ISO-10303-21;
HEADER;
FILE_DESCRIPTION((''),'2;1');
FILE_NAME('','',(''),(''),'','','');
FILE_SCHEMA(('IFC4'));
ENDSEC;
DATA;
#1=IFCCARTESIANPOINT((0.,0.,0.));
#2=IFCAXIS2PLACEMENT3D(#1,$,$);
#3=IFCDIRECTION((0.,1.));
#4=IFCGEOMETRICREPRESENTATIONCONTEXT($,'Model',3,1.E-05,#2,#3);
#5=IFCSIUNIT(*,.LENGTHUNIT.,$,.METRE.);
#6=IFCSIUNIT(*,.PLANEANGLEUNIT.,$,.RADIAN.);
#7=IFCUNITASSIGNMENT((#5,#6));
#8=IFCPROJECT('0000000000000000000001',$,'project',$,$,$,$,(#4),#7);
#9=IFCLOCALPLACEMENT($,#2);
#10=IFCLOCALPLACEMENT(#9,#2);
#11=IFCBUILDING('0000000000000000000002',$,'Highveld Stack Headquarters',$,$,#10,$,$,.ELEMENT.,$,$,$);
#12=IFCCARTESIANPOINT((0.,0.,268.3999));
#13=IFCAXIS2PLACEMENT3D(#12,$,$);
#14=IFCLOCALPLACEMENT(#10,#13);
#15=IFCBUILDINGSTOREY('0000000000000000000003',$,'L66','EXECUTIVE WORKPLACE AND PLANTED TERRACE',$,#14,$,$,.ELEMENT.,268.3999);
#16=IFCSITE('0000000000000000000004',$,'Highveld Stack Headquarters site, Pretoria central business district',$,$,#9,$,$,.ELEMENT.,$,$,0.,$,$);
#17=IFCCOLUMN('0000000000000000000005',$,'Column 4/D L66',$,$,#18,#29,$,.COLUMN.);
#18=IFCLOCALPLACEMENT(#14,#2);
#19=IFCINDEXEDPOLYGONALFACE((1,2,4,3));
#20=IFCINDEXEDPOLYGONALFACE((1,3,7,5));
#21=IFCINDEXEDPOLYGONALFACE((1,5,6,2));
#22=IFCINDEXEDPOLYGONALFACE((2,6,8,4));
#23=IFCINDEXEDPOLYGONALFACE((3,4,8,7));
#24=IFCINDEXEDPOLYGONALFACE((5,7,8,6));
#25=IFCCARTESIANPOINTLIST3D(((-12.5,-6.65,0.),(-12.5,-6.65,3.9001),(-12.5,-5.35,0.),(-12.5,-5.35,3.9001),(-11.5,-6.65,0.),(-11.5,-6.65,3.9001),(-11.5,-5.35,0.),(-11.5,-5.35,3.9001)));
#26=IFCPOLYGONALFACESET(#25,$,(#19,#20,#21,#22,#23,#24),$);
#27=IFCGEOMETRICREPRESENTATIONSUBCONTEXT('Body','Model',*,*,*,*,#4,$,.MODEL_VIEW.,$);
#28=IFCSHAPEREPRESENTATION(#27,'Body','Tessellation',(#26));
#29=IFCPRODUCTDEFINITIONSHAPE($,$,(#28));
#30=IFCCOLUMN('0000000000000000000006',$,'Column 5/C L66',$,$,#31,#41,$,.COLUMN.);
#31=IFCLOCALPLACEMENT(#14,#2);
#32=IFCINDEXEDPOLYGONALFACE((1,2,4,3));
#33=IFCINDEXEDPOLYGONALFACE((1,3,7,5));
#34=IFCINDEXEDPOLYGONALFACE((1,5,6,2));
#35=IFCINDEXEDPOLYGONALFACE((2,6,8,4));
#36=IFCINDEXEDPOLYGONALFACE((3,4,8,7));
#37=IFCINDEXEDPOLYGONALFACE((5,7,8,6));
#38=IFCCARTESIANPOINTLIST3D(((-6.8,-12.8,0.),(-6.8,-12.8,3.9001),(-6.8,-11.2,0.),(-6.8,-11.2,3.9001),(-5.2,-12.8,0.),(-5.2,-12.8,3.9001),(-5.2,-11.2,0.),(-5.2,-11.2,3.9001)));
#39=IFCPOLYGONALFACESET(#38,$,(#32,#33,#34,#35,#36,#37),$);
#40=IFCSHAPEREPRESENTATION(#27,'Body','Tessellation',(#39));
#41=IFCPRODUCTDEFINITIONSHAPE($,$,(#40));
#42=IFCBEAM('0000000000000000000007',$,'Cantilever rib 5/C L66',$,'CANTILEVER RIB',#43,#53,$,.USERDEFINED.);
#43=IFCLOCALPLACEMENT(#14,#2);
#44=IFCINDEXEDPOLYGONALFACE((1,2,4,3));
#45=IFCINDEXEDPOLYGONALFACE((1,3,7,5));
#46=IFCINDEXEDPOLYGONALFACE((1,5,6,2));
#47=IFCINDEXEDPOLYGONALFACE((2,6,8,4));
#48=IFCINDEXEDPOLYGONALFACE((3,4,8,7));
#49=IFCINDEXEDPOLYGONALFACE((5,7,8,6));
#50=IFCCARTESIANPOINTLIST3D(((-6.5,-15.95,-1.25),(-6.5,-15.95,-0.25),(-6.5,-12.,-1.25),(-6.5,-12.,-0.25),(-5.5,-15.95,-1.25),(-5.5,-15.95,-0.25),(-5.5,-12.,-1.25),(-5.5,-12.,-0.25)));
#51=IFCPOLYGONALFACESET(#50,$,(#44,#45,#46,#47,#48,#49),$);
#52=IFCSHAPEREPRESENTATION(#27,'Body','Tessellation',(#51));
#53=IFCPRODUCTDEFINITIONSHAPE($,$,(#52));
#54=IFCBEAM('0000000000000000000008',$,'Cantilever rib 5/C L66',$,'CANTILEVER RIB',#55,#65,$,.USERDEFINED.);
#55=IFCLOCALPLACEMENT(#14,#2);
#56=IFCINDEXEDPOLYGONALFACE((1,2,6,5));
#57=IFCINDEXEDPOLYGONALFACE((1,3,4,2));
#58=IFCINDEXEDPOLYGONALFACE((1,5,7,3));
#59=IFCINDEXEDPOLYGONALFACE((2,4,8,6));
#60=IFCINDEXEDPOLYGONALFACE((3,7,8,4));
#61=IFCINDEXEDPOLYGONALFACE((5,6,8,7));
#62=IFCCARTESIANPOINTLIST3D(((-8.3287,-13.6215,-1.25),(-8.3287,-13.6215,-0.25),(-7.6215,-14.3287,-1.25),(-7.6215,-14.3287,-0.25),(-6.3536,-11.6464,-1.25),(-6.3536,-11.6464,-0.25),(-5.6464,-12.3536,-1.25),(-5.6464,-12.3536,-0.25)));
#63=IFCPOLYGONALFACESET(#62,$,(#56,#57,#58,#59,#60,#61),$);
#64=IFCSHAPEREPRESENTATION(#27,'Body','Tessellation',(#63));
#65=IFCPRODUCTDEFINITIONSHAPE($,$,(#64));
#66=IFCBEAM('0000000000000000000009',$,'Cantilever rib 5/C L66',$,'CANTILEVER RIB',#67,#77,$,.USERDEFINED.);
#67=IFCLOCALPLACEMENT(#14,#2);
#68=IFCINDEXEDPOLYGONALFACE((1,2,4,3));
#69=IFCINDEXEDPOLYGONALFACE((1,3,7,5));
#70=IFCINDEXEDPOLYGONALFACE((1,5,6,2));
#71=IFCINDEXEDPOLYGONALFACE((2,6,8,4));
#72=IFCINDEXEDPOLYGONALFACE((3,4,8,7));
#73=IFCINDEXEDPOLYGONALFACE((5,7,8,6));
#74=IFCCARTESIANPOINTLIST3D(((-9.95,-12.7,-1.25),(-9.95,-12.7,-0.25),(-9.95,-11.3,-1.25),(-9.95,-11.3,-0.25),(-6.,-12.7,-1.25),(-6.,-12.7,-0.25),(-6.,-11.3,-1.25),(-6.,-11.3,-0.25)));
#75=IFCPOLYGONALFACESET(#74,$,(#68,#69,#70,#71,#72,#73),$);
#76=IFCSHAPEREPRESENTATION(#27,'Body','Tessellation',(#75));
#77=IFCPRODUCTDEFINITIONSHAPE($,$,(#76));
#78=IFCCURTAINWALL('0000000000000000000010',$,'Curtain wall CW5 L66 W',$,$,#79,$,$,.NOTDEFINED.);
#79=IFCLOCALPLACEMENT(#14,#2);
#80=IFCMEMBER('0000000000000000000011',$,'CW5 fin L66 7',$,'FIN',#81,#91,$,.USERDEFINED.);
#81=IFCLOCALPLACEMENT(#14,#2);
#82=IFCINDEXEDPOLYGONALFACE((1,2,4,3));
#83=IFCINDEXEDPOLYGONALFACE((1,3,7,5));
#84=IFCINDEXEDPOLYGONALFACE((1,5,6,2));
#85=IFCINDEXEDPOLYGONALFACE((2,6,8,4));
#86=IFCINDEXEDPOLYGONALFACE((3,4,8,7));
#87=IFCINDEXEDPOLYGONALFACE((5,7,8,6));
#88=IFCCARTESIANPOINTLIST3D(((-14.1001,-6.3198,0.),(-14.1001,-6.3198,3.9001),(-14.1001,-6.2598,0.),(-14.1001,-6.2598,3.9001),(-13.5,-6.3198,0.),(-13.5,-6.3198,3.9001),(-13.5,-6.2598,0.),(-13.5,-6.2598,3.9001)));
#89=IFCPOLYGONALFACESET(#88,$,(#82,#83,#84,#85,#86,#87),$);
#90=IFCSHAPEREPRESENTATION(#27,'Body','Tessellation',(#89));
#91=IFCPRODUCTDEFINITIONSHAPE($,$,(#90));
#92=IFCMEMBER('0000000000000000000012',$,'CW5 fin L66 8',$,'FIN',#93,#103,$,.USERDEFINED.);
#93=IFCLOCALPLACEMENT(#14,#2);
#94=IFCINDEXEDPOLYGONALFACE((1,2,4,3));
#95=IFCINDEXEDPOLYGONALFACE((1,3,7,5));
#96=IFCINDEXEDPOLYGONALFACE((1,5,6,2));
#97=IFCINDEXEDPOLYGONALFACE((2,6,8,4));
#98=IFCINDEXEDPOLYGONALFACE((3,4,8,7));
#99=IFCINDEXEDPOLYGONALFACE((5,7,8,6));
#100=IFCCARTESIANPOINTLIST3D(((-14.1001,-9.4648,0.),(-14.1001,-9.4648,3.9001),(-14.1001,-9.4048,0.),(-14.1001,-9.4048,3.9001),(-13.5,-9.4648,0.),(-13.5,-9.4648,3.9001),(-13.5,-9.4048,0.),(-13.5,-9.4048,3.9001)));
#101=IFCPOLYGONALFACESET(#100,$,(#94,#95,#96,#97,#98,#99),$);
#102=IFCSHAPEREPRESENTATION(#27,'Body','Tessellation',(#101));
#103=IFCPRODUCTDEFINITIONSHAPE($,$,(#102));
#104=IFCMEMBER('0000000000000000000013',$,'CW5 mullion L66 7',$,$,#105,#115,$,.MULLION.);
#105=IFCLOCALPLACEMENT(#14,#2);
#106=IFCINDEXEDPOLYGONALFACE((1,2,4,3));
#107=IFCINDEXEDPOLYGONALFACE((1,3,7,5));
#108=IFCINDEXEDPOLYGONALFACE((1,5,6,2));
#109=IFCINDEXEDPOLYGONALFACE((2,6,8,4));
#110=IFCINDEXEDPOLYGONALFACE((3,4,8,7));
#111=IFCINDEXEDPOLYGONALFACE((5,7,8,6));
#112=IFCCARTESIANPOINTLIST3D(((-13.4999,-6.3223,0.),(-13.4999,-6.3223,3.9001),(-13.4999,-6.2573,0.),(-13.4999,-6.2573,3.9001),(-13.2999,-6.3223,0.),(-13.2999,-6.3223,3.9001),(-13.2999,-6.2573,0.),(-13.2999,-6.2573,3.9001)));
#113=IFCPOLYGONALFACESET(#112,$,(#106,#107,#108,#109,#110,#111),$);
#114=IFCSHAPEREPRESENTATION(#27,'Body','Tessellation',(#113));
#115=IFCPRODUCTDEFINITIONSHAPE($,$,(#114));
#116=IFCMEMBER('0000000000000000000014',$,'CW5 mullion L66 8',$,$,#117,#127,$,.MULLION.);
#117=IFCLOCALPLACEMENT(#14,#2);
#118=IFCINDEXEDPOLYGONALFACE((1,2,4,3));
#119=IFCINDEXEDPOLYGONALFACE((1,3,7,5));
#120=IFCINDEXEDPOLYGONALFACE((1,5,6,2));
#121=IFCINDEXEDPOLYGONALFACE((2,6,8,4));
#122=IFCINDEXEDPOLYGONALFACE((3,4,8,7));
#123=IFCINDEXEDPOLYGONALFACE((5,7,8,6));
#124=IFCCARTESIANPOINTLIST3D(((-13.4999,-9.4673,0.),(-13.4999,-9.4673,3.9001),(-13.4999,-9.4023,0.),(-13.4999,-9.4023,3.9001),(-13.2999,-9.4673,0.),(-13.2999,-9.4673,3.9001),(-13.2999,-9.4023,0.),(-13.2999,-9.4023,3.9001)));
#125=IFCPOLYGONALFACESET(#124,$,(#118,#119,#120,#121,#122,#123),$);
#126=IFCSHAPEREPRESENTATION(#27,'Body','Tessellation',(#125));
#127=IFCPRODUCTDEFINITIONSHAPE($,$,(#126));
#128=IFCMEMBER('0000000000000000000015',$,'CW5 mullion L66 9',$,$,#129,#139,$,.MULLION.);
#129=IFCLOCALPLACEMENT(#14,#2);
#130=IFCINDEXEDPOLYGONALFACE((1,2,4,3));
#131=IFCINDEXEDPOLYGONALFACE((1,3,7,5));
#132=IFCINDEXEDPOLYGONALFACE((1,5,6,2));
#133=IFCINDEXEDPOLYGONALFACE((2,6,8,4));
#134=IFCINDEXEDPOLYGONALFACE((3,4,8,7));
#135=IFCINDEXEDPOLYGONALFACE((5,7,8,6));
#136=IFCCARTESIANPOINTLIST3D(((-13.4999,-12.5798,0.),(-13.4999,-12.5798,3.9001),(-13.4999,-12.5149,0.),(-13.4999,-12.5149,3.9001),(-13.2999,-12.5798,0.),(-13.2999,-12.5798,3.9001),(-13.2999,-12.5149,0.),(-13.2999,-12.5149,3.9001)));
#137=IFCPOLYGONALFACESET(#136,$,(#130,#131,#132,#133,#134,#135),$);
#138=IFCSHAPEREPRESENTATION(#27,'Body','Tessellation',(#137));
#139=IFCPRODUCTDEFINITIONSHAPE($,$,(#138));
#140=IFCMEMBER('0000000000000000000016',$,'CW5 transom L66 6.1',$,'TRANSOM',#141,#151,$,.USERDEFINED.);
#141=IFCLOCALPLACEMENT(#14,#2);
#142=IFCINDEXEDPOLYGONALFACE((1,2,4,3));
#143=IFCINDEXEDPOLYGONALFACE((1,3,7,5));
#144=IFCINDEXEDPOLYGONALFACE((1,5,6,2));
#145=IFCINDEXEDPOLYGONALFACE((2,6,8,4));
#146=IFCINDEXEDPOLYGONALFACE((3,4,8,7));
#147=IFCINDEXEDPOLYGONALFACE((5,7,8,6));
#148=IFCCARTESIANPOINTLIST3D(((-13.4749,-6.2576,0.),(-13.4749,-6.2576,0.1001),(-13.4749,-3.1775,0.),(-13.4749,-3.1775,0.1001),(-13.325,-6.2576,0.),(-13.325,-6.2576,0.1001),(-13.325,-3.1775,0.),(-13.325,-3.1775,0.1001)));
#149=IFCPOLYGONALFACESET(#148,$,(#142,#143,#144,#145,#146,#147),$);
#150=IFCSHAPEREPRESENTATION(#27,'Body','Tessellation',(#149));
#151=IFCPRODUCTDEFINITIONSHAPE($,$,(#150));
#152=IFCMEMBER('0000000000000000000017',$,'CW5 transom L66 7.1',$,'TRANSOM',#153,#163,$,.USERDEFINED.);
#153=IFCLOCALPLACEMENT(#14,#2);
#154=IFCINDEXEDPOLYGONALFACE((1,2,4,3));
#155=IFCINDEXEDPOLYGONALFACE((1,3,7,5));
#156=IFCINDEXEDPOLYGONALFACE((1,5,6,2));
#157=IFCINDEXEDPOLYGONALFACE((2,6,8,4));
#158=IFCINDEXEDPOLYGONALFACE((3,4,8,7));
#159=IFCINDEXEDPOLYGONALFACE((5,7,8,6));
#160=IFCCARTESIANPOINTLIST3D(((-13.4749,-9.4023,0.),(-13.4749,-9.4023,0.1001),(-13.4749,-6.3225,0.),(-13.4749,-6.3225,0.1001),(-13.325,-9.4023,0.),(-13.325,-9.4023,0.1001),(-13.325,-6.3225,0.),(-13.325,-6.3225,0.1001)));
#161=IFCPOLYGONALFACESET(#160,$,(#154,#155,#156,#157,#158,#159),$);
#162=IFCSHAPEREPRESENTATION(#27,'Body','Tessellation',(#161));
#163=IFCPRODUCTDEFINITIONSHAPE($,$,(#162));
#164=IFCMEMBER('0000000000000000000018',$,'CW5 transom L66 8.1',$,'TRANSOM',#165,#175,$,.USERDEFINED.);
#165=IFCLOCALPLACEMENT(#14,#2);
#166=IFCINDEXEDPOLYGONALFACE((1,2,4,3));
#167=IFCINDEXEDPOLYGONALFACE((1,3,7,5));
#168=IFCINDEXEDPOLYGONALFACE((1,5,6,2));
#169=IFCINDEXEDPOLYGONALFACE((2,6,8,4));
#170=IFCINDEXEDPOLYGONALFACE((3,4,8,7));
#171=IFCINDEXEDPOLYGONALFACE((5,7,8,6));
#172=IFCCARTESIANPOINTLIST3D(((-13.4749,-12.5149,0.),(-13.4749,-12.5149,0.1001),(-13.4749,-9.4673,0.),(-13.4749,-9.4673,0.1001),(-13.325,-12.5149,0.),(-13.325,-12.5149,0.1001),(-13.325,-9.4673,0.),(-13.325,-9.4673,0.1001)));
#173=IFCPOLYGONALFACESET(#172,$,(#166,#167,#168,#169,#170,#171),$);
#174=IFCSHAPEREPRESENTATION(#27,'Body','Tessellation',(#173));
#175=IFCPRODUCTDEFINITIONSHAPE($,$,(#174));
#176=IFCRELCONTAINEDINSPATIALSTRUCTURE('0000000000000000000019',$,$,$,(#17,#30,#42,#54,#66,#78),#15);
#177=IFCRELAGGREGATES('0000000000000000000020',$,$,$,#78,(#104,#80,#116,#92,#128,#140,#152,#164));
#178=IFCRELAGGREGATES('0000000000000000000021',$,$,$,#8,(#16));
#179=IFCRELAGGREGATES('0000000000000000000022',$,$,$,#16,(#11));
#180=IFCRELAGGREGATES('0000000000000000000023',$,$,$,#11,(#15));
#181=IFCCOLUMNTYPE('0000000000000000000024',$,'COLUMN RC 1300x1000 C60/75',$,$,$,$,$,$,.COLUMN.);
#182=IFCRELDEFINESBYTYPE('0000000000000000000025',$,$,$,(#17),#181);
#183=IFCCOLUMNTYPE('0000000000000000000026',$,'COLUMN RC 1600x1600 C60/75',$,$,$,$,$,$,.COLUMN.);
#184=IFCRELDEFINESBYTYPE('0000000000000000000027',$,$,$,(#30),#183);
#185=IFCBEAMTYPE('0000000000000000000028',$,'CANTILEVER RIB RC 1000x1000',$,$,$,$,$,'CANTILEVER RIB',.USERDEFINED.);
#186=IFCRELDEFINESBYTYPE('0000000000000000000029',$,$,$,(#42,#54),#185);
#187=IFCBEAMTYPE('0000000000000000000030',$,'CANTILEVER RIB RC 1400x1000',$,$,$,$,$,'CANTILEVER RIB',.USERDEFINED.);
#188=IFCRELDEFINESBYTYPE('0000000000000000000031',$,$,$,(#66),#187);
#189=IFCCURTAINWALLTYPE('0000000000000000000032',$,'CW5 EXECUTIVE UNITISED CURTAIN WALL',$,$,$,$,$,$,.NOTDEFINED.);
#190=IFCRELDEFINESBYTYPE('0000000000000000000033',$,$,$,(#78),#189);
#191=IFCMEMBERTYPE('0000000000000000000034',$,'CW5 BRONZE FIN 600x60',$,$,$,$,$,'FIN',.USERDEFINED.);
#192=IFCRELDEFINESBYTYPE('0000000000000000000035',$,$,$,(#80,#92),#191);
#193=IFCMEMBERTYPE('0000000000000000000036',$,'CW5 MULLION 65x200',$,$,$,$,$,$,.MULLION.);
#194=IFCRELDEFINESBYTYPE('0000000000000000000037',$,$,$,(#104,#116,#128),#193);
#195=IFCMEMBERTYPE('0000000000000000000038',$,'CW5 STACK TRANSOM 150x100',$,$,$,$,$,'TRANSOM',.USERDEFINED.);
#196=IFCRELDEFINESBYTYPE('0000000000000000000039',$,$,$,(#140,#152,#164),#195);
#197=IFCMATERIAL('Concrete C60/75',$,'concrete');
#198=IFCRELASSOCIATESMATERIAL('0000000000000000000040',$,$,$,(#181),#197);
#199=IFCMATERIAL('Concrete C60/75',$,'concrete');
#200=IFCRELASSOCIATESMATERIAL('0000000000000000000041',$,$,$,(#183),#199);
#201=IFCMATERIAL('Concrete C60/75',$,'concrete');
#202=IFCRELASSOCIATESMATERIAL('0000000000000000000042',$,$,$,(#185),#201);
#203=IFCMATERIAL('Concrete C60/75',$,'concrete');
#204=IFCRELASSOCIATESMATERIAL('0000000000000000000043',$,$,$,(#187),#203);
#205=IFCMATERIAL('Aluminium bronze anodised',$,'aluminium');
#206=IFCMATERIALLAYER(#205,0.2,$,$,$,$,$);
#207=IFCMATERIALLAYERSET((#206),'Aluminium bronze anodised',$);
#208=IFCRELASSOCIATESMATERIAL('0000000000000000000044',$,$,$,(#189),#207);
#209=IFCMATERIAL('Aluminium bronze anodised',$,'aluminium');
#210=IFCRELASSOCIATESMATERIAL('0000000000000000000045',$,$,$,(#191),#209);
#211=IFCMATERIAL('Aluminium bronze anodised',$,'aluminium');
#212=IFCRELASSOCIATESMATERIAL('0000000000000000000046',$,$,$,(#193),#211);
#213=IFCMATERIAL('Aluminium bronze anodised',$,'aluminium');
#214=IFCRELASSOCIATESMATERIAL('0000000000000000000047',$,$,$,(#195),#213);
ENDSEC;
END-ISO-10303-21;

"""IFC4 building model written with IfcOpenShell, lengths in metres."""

from ifc_helpers import new_model, si_unit, direction, frame, origin, origin_2d, place, context, subcontext, project, spatial, rectangle, extrude, material, layer, layer_set, material_profile, profile_set, type_object, element, aggregate, save


model = new_model("IFC4")

# Units and contexts
model_context = context("Model", 3, precision=1e-05, world=origin(), true_north=direction((0.0, 1.0)))
body_context = subcontext(model_context, "Body", "Model", "MODEL_VIEW")
ifc_project = project(units=[si_unit("LENGTHUNIT", "METRE"), si_unit("PLANEANGLEUNIT", "RADIAN")], contexts=[model_context])

# Site, building, storey
site_placement = place(None, origin())
site = spatial("IfcSite", under=ifc_project, at=site_placement, Name="Highveld Stack Headquarters site, Pretoria central business district", CompositionType="ELEMENT", RefElevation=0.0)
building_placement = place(site_placement, origin())
building = spatial("IfcBuilding", under=site, at=building_placement, Name="Highveld Stack Headquarters", CompositionType="ELEMENT")
storey_placement = place(building_placement, frame((0.0, 0.0, 268.3999)))
storey = spatial("IfcBuildingStorey", under=building, at=storey_placement, Name="L66", Description="EXECUTIVE WORKPLACE AND PLANTED TERRACE", CompositionType="ELEMENT", Elevation=268.3999)

# Columns
ifc_material_1 = material(Name="Concrete C60/75", Category="concrete")
ifc_material_profile_1 = material_profile(ifc_material_1, rectangle(XDim=1.3, YDim=1.0, at=origin_2d()), Name="RC 1300x1000")
ifc_profile_set_1 = profile_set([ifc_material_profile_1], Name="Concrete C60/75")
column_type_1 = type_object("IfcColumnType", Name="COLUMN RC 1300x1000 C60/75", PredefinedType="COLUMN", material=ifc_profile_set_1)
column_1_placement = place(storey_placement, frame((-12.0, -6.0, 0.0), z_axis=(0.0, 0.0, 1.0), x_axis=(0.0, 1.0, 0.0)))
element("IfcColumn", 1, at=column_1_placement, inside=storey, type_object=column_type_1, Name="Column 4/D L66", PredefinedType="COLUMN", context=body_context, shape_type="SweptSolid", body=[
    extrude(rectangle(XDim=1.3, YDim=1.0, at=origin_2d()), origin(), (0.0, 0.0, 1.0), 3.9001),
])
ifc_material_2 = material(Name="Concrete C60/75", Category="concrete")
ifc_material_profile_2 = material_profile(ifc_material_2, rectangle(XDim=1.6001, YDim=1.6001, at=origin_2d()), Name="RC 1600x1600")
ifc_profile_set_2 = profile_set([ifc_material_profile_2], Name="Concrete C60/75")
column_type_2 = type_object("IfcColumnType", Name="COLUMN RC 1600x1600 C60/75", PredefinedType="COLUMN", material=ifc_profile_set_2)
column_2_placement = place(storey_placement, frame((-6.0, -12.0, 0.0), z_axis=(0.0, 0.0, 1.0), x_axis=(1.0, 0.0, 0.0)))
element("IfcColumn", 2, at=column_2_placement, inside=storey, type_object=column_type_2, Name="Column 5/C L66", PredefinedType="COLUMN", context=body_context, shape_type="SweptSolid", body=[
    extrude(rectangle(XDim=1.6001, YDim=1.6001, at=origin_2d()), origin(), (0.0, 0.0, 1.0), 3.9001),
])

# Beams
ifc_material_3 = material(Name="Concrete C60/75", Category="concrete")
ifc_material_profile_3 = material_profile(ifc_material_3, rectangle(XDim=1.0, YDim=1.0, at=origin_2d()), Name="RC 1000x1000")
ifc_profile_set_3 = profile_set([ifc_material_profile_3], Name="Concrete C60/75")
beam_type_1 = type_object("IfcBeamType", Name="CANTILEVER RIB RC 1000x1000", ElementType="CANTILEVER RIB", PredefinedType="USERDEFINED", material=ifc_profile_set_3)
beam_1_placement = place(storey_placement, frame((-6.0, -12.0, -0.75), z_axis=(0.0, -1.0, 0.0), x_axis=(1.0, 0.0, 0.0)))
element("IfcBeam", 3, at=beam_1_placement, inside=storey, type_object=beam_type_1, Name="Cantilever rib 5/C L66", ObjectType="CANTILEVER RIB", PredefinedType="USERDEFINED", context=body_context, shape_type="SweptSolid", body=[
    extrude(rectangle(XDim=1.0, YDim=1.0, at=origin_2d()), origin(), (0.0, 0.0, 1.0), 3.95),
])
beam_2_placement = place(storey_placement, frame((-6.0, -12.0, -0.75), z_axis=(-0.707107, -0.707107, 0.0), x_axis=(0.707107, -0.707107, 0.0)))
element("IfcBeam", 4, at=beam_2_placement, inside=storey, type_object=beam_type_1, Name="Cantilever rib 5/C L66", ObjectType="CANTILEVER RIB", PredefinedType="USERDEFINED", context=body_context, shape_type="SweptSolid", body=[
    extrude(rectangle(XDim=1.0, YDim=1.0, at=origin_2d()), origin(), (0.0, 0.0, 1.0), 2.7932),
])
ifc_material_4 = material(Name="Concrete C60/75", Category="concrete")
ifc_material_profile_4 = material_profile(ifc_material_4, rectangle(XDim=1.3999, YDim=1.0, at=origin_2d()), Name="RC 1400x1000")
ifc_profile_set_4 = profile_set([ifc_material_profile_4], Name="Concrete C60/75")
beam_type_2 = type_object("IfcBeamType", Name="CANTILEVER RIB RC 1400x1000", ElementType="CANTILEVER RIB", PredefinedType="USERDEFINED", material=ifc_profile_set_4)
beam_3_placement = place(storey_placement, frame((-6.0, -12.0, -0.75), z_axis=(-1.0, 0.0, 0.0), x_axis=(0.0, -1.0, 0.0)))
element("IfcBeam", 5, at=beam_3_placement, inside=storey, type_object=beam_type_2, Name="Cantilever rib 5/C L66", ObjectType="CANTILEVER RIB", PredefinedType="USERDEFINED", context=body_context, shape_type="SweptSolid", body=[
    extrude(rectangle(XDim=1.3999, YDim=1.0, at=origin_2d()), origin(), (0.0, 0.0, 1.0), 3.95),
])

# Curtain wall, members
ifc_material_5 = material(Name="Aluminium bronze anodised", Category="aluminium")
ifc_layer_1 = layer(ifc_material_5, 0.2)
ifc_layer_set_1 = layer_set([ifc_layer_1], Name="Aluminium bronze anodised")
curtain_wall_type = type_object("IfcCurtainWallType", Name="CW5 EXECUTIVE UNITISED CURTAIN WALL", PredefinedType="NOTDEFINED", material=ifc_layer_set_1)
curtain_wall_placement = place(storey_placement, origin())
curtain_wall = element("IfcCurtainWall", 6, at=curtain_wall_placement, inside=storey, type_object=curtain_wall_type, Name="Curtain wall CW5 L66 W", PredefinedType="NOTDEFINED")
ifc_material_6 = material(Name="Aluminium bronze anodised", Category="aluminium")
ifc_material_profile_5 = material_profile(ifc_material_6, rectangle(XDim=0.6001, YDim=0.0601, at=origin_2d()), Name="FIN 600x60")
ifc_profile_set_5 = profile_set([ifc_material_profile_5], Name="Aluminium bronze anodised")
member_type_1 = type_object("IfcMemberType", Name="CW5 BRONZE FIN 600x60", ElementType="FIN", PredefinedType="USERDEFINED", material=ifc_profile_set_5)
member_1_placement = place(storey_placement, frame((-13.8, -6.2898, 0.0), z_axis=(0.0, 0.0, 1.0), x_axis=(1.0, 0.0, 0.0)))
member_1 = element("IfcMember", 7, at=member_1_placement, type_object=member_type_1, Name="CW5 fin L66 7", ObjectType="FIN", PredefinedType="USERDEFINED", context=body_context, shape_type="SweptSolid", body=[
    extrude(rectangle(XDim=0.6001, YDim=0.0601, at=origin_2d()), origin(), (0.0, 0.0, 1.0), 3.9001),
])
member_2_placement = place(storey_placement, frame((-13.8, -9.4348, 0.0), z_axis=(0.0, 0.0, 1.0), x_axis=(1.0, 0.0, 0.0)))
member_2 = element("IfcMember", 8, at=member_2_placement, type_object=member_type_1, Name="CW5 fin L66 8", ObjectType="FIN", PredefinedType="USERDEFINED", context=body_context, shape_type="SweptSolid", body=[
    extrude(rectangle(XDim=0.6001, YDim=0.0601, at=origin_2d()), origin(), (0.0, 0.0, 1.0), 3.9001),
])
ifc_material_7 = material(Name="Aluminium bronze anodised", Category="aluminium")
ifc_material_profile_6 = material_profile(ifc_material_7, rectangle(XDim=0.2, YDim=0.0649, at=origin_2d()), Name="CW5 MULLION 65x200")
ifc_profile_set_6 = profile_set([ifc_material_profile_6], Name="Aluminium bronze anodised")
member_type_2 = type_object("IfcMemberType", Name="CW5 MULLION 65x200", PredefinedType="MULLION", material=ifc_profile_set_6)
member_3_placement = place(storey_placement, frame((-13.3999, -6.2898, 0.0), z_axis=(0.0, 0.0, 1.0), x_axis=(1.0, 0.0, 0.0)))
member_3 = element("IfcMember", 9, at=member_3_placement, type_object=member_type_2, Name="CW5 mullion L66 7", PredefinedType="MULLION", context=body_context, shape_type="SweptSolid", body=[
    extrude(rectangle(XDim=0.2, YDim=0.0649, at=origin_2d()), origin(), (0.0, 0.0, 1.0), 3.9001),
])
member_4_placement = place(storey_placement, frame((-13.3999, -9.4348, 0.0), z_axis=(0.0, 0.0, 1.0), x_axis=(1.0, 0.0, 0.0)))
member_4 = element("IfcMember", 10, at=member_4_placement, type_object=member_type_2, Name="CW5 mullion L66 8", PredefinedType="MULLION", context=body_context, shape_type="SweptSolid", body=[
    extrude(rectangle(XDim=0.2, YDim=0.0649, at=origin_2d()), origin(), (0.0, 0.0, 1.0), 3.9001),
])
member_5_placement = place(storey_placement, frame((-13.3999, -12.5474, 0.0), z_axis=(0.0, 0.0, 1.0), x_axis=(1.0, 0.0, 0.0)))
member_5 = element("IfcMember", 11, at=member_5_placement, type_object=member_type_2, Name="CW5 mullion L66 9", PredefinedType="MULLION", context=body_context, shape_type="SweptSolid", body=[
    extrude(rectangle(XDim=0.2, YDim=0.0649, at=origin_2d()), origin(), (0.0, 0.0, 1.0), 3.9001),
])
ifc_material_8 = material(Name="Aluminium bronze anodised", Category="aluminium")
ifc_material_profile_7 = material_profile(ifc_material_8, rectangle(XDim=0.1499, YDim=0.1001, at=origin_2d()), Name="CW5 TRANSOM 150x100")
ifc_profile_set_7 = profile_set([ifc_material_profile_7], Name="Aluminium bronze anodised")
member_type_3 = type_object("IfcMemberType", Name="CW5 STACK TRANSOM 150x100", ElementType="TRANSOM", PredefinedType="USERDEFINED", material=ifc_profile_set_7)
member_6_placement = place(storey_placement, frame((-13.3999, -3.1775, 0.05), z_axis=(0.0, -1.0, 0.0), x_axis=(1.0, 0.0, 0.0)))
member_6 = element("IfcMember", 12, at=member_6_placement, type_object=member_type_3, Name="CW5 transom L66 6.1", ObjectType="TRANSOM", PredefinedType="USERDEFINED", context=body_context, shape_type="SweptSolid", body=[
    extrude(rectangle(XDim=0.1499, YDim=0.1001, at=origin_2d()), origin(), (0.0, 0.0, 1.0), 3.0801),
])
member_7_placement = place(storey_placement, frame((-13.3999, -6.3225, 0.05), z_axis=(0.0, -1.0, 0.0), x_axis=(1.0, 0.0, 0.0)))
member_7 = element("IfcMember", 13, at=member_7_placement, type_object=member_type_3, Name="CW5 transom L66 7.1", ObjectType="TRANSOM", PredefinedType="USERDEFINED", context=body_context, shape_type="SweptSolid", body=[
    extrude(rectangle(XDim=0.1499, YDim=0.1001, at=origin_2d()), origin(), (0.0, 0.0, 1.0), 3.0798),
])
member_8_placement = place(storey_placement, frame((-13.3999, -9.4673, 0.05), z_axis=(0.0, -1.0, 0.0), x_axis=(1.0, 0.0, 0.0)))
member_8 = element("IfcMember", 14, at=member_8_placement, type_object=member_type_3, Name="CW5 transom L66 8.1", ObjectType="TRANSOM", PredefinedType="USERDEFINED", context=body_context, shape_type="SweptSolid", body=[
    extrude(rectangle(XDim=0.1499, YDim=0.1001, at=origin_2d()), origin(), (0.0, 0.0, 1.0), 3.0476),
])

aggregate(curtain_wall, [member_3, member_1, member_4, member_2, member_5, member_6, member_7, member_8])

save(model, "model.ifc")
